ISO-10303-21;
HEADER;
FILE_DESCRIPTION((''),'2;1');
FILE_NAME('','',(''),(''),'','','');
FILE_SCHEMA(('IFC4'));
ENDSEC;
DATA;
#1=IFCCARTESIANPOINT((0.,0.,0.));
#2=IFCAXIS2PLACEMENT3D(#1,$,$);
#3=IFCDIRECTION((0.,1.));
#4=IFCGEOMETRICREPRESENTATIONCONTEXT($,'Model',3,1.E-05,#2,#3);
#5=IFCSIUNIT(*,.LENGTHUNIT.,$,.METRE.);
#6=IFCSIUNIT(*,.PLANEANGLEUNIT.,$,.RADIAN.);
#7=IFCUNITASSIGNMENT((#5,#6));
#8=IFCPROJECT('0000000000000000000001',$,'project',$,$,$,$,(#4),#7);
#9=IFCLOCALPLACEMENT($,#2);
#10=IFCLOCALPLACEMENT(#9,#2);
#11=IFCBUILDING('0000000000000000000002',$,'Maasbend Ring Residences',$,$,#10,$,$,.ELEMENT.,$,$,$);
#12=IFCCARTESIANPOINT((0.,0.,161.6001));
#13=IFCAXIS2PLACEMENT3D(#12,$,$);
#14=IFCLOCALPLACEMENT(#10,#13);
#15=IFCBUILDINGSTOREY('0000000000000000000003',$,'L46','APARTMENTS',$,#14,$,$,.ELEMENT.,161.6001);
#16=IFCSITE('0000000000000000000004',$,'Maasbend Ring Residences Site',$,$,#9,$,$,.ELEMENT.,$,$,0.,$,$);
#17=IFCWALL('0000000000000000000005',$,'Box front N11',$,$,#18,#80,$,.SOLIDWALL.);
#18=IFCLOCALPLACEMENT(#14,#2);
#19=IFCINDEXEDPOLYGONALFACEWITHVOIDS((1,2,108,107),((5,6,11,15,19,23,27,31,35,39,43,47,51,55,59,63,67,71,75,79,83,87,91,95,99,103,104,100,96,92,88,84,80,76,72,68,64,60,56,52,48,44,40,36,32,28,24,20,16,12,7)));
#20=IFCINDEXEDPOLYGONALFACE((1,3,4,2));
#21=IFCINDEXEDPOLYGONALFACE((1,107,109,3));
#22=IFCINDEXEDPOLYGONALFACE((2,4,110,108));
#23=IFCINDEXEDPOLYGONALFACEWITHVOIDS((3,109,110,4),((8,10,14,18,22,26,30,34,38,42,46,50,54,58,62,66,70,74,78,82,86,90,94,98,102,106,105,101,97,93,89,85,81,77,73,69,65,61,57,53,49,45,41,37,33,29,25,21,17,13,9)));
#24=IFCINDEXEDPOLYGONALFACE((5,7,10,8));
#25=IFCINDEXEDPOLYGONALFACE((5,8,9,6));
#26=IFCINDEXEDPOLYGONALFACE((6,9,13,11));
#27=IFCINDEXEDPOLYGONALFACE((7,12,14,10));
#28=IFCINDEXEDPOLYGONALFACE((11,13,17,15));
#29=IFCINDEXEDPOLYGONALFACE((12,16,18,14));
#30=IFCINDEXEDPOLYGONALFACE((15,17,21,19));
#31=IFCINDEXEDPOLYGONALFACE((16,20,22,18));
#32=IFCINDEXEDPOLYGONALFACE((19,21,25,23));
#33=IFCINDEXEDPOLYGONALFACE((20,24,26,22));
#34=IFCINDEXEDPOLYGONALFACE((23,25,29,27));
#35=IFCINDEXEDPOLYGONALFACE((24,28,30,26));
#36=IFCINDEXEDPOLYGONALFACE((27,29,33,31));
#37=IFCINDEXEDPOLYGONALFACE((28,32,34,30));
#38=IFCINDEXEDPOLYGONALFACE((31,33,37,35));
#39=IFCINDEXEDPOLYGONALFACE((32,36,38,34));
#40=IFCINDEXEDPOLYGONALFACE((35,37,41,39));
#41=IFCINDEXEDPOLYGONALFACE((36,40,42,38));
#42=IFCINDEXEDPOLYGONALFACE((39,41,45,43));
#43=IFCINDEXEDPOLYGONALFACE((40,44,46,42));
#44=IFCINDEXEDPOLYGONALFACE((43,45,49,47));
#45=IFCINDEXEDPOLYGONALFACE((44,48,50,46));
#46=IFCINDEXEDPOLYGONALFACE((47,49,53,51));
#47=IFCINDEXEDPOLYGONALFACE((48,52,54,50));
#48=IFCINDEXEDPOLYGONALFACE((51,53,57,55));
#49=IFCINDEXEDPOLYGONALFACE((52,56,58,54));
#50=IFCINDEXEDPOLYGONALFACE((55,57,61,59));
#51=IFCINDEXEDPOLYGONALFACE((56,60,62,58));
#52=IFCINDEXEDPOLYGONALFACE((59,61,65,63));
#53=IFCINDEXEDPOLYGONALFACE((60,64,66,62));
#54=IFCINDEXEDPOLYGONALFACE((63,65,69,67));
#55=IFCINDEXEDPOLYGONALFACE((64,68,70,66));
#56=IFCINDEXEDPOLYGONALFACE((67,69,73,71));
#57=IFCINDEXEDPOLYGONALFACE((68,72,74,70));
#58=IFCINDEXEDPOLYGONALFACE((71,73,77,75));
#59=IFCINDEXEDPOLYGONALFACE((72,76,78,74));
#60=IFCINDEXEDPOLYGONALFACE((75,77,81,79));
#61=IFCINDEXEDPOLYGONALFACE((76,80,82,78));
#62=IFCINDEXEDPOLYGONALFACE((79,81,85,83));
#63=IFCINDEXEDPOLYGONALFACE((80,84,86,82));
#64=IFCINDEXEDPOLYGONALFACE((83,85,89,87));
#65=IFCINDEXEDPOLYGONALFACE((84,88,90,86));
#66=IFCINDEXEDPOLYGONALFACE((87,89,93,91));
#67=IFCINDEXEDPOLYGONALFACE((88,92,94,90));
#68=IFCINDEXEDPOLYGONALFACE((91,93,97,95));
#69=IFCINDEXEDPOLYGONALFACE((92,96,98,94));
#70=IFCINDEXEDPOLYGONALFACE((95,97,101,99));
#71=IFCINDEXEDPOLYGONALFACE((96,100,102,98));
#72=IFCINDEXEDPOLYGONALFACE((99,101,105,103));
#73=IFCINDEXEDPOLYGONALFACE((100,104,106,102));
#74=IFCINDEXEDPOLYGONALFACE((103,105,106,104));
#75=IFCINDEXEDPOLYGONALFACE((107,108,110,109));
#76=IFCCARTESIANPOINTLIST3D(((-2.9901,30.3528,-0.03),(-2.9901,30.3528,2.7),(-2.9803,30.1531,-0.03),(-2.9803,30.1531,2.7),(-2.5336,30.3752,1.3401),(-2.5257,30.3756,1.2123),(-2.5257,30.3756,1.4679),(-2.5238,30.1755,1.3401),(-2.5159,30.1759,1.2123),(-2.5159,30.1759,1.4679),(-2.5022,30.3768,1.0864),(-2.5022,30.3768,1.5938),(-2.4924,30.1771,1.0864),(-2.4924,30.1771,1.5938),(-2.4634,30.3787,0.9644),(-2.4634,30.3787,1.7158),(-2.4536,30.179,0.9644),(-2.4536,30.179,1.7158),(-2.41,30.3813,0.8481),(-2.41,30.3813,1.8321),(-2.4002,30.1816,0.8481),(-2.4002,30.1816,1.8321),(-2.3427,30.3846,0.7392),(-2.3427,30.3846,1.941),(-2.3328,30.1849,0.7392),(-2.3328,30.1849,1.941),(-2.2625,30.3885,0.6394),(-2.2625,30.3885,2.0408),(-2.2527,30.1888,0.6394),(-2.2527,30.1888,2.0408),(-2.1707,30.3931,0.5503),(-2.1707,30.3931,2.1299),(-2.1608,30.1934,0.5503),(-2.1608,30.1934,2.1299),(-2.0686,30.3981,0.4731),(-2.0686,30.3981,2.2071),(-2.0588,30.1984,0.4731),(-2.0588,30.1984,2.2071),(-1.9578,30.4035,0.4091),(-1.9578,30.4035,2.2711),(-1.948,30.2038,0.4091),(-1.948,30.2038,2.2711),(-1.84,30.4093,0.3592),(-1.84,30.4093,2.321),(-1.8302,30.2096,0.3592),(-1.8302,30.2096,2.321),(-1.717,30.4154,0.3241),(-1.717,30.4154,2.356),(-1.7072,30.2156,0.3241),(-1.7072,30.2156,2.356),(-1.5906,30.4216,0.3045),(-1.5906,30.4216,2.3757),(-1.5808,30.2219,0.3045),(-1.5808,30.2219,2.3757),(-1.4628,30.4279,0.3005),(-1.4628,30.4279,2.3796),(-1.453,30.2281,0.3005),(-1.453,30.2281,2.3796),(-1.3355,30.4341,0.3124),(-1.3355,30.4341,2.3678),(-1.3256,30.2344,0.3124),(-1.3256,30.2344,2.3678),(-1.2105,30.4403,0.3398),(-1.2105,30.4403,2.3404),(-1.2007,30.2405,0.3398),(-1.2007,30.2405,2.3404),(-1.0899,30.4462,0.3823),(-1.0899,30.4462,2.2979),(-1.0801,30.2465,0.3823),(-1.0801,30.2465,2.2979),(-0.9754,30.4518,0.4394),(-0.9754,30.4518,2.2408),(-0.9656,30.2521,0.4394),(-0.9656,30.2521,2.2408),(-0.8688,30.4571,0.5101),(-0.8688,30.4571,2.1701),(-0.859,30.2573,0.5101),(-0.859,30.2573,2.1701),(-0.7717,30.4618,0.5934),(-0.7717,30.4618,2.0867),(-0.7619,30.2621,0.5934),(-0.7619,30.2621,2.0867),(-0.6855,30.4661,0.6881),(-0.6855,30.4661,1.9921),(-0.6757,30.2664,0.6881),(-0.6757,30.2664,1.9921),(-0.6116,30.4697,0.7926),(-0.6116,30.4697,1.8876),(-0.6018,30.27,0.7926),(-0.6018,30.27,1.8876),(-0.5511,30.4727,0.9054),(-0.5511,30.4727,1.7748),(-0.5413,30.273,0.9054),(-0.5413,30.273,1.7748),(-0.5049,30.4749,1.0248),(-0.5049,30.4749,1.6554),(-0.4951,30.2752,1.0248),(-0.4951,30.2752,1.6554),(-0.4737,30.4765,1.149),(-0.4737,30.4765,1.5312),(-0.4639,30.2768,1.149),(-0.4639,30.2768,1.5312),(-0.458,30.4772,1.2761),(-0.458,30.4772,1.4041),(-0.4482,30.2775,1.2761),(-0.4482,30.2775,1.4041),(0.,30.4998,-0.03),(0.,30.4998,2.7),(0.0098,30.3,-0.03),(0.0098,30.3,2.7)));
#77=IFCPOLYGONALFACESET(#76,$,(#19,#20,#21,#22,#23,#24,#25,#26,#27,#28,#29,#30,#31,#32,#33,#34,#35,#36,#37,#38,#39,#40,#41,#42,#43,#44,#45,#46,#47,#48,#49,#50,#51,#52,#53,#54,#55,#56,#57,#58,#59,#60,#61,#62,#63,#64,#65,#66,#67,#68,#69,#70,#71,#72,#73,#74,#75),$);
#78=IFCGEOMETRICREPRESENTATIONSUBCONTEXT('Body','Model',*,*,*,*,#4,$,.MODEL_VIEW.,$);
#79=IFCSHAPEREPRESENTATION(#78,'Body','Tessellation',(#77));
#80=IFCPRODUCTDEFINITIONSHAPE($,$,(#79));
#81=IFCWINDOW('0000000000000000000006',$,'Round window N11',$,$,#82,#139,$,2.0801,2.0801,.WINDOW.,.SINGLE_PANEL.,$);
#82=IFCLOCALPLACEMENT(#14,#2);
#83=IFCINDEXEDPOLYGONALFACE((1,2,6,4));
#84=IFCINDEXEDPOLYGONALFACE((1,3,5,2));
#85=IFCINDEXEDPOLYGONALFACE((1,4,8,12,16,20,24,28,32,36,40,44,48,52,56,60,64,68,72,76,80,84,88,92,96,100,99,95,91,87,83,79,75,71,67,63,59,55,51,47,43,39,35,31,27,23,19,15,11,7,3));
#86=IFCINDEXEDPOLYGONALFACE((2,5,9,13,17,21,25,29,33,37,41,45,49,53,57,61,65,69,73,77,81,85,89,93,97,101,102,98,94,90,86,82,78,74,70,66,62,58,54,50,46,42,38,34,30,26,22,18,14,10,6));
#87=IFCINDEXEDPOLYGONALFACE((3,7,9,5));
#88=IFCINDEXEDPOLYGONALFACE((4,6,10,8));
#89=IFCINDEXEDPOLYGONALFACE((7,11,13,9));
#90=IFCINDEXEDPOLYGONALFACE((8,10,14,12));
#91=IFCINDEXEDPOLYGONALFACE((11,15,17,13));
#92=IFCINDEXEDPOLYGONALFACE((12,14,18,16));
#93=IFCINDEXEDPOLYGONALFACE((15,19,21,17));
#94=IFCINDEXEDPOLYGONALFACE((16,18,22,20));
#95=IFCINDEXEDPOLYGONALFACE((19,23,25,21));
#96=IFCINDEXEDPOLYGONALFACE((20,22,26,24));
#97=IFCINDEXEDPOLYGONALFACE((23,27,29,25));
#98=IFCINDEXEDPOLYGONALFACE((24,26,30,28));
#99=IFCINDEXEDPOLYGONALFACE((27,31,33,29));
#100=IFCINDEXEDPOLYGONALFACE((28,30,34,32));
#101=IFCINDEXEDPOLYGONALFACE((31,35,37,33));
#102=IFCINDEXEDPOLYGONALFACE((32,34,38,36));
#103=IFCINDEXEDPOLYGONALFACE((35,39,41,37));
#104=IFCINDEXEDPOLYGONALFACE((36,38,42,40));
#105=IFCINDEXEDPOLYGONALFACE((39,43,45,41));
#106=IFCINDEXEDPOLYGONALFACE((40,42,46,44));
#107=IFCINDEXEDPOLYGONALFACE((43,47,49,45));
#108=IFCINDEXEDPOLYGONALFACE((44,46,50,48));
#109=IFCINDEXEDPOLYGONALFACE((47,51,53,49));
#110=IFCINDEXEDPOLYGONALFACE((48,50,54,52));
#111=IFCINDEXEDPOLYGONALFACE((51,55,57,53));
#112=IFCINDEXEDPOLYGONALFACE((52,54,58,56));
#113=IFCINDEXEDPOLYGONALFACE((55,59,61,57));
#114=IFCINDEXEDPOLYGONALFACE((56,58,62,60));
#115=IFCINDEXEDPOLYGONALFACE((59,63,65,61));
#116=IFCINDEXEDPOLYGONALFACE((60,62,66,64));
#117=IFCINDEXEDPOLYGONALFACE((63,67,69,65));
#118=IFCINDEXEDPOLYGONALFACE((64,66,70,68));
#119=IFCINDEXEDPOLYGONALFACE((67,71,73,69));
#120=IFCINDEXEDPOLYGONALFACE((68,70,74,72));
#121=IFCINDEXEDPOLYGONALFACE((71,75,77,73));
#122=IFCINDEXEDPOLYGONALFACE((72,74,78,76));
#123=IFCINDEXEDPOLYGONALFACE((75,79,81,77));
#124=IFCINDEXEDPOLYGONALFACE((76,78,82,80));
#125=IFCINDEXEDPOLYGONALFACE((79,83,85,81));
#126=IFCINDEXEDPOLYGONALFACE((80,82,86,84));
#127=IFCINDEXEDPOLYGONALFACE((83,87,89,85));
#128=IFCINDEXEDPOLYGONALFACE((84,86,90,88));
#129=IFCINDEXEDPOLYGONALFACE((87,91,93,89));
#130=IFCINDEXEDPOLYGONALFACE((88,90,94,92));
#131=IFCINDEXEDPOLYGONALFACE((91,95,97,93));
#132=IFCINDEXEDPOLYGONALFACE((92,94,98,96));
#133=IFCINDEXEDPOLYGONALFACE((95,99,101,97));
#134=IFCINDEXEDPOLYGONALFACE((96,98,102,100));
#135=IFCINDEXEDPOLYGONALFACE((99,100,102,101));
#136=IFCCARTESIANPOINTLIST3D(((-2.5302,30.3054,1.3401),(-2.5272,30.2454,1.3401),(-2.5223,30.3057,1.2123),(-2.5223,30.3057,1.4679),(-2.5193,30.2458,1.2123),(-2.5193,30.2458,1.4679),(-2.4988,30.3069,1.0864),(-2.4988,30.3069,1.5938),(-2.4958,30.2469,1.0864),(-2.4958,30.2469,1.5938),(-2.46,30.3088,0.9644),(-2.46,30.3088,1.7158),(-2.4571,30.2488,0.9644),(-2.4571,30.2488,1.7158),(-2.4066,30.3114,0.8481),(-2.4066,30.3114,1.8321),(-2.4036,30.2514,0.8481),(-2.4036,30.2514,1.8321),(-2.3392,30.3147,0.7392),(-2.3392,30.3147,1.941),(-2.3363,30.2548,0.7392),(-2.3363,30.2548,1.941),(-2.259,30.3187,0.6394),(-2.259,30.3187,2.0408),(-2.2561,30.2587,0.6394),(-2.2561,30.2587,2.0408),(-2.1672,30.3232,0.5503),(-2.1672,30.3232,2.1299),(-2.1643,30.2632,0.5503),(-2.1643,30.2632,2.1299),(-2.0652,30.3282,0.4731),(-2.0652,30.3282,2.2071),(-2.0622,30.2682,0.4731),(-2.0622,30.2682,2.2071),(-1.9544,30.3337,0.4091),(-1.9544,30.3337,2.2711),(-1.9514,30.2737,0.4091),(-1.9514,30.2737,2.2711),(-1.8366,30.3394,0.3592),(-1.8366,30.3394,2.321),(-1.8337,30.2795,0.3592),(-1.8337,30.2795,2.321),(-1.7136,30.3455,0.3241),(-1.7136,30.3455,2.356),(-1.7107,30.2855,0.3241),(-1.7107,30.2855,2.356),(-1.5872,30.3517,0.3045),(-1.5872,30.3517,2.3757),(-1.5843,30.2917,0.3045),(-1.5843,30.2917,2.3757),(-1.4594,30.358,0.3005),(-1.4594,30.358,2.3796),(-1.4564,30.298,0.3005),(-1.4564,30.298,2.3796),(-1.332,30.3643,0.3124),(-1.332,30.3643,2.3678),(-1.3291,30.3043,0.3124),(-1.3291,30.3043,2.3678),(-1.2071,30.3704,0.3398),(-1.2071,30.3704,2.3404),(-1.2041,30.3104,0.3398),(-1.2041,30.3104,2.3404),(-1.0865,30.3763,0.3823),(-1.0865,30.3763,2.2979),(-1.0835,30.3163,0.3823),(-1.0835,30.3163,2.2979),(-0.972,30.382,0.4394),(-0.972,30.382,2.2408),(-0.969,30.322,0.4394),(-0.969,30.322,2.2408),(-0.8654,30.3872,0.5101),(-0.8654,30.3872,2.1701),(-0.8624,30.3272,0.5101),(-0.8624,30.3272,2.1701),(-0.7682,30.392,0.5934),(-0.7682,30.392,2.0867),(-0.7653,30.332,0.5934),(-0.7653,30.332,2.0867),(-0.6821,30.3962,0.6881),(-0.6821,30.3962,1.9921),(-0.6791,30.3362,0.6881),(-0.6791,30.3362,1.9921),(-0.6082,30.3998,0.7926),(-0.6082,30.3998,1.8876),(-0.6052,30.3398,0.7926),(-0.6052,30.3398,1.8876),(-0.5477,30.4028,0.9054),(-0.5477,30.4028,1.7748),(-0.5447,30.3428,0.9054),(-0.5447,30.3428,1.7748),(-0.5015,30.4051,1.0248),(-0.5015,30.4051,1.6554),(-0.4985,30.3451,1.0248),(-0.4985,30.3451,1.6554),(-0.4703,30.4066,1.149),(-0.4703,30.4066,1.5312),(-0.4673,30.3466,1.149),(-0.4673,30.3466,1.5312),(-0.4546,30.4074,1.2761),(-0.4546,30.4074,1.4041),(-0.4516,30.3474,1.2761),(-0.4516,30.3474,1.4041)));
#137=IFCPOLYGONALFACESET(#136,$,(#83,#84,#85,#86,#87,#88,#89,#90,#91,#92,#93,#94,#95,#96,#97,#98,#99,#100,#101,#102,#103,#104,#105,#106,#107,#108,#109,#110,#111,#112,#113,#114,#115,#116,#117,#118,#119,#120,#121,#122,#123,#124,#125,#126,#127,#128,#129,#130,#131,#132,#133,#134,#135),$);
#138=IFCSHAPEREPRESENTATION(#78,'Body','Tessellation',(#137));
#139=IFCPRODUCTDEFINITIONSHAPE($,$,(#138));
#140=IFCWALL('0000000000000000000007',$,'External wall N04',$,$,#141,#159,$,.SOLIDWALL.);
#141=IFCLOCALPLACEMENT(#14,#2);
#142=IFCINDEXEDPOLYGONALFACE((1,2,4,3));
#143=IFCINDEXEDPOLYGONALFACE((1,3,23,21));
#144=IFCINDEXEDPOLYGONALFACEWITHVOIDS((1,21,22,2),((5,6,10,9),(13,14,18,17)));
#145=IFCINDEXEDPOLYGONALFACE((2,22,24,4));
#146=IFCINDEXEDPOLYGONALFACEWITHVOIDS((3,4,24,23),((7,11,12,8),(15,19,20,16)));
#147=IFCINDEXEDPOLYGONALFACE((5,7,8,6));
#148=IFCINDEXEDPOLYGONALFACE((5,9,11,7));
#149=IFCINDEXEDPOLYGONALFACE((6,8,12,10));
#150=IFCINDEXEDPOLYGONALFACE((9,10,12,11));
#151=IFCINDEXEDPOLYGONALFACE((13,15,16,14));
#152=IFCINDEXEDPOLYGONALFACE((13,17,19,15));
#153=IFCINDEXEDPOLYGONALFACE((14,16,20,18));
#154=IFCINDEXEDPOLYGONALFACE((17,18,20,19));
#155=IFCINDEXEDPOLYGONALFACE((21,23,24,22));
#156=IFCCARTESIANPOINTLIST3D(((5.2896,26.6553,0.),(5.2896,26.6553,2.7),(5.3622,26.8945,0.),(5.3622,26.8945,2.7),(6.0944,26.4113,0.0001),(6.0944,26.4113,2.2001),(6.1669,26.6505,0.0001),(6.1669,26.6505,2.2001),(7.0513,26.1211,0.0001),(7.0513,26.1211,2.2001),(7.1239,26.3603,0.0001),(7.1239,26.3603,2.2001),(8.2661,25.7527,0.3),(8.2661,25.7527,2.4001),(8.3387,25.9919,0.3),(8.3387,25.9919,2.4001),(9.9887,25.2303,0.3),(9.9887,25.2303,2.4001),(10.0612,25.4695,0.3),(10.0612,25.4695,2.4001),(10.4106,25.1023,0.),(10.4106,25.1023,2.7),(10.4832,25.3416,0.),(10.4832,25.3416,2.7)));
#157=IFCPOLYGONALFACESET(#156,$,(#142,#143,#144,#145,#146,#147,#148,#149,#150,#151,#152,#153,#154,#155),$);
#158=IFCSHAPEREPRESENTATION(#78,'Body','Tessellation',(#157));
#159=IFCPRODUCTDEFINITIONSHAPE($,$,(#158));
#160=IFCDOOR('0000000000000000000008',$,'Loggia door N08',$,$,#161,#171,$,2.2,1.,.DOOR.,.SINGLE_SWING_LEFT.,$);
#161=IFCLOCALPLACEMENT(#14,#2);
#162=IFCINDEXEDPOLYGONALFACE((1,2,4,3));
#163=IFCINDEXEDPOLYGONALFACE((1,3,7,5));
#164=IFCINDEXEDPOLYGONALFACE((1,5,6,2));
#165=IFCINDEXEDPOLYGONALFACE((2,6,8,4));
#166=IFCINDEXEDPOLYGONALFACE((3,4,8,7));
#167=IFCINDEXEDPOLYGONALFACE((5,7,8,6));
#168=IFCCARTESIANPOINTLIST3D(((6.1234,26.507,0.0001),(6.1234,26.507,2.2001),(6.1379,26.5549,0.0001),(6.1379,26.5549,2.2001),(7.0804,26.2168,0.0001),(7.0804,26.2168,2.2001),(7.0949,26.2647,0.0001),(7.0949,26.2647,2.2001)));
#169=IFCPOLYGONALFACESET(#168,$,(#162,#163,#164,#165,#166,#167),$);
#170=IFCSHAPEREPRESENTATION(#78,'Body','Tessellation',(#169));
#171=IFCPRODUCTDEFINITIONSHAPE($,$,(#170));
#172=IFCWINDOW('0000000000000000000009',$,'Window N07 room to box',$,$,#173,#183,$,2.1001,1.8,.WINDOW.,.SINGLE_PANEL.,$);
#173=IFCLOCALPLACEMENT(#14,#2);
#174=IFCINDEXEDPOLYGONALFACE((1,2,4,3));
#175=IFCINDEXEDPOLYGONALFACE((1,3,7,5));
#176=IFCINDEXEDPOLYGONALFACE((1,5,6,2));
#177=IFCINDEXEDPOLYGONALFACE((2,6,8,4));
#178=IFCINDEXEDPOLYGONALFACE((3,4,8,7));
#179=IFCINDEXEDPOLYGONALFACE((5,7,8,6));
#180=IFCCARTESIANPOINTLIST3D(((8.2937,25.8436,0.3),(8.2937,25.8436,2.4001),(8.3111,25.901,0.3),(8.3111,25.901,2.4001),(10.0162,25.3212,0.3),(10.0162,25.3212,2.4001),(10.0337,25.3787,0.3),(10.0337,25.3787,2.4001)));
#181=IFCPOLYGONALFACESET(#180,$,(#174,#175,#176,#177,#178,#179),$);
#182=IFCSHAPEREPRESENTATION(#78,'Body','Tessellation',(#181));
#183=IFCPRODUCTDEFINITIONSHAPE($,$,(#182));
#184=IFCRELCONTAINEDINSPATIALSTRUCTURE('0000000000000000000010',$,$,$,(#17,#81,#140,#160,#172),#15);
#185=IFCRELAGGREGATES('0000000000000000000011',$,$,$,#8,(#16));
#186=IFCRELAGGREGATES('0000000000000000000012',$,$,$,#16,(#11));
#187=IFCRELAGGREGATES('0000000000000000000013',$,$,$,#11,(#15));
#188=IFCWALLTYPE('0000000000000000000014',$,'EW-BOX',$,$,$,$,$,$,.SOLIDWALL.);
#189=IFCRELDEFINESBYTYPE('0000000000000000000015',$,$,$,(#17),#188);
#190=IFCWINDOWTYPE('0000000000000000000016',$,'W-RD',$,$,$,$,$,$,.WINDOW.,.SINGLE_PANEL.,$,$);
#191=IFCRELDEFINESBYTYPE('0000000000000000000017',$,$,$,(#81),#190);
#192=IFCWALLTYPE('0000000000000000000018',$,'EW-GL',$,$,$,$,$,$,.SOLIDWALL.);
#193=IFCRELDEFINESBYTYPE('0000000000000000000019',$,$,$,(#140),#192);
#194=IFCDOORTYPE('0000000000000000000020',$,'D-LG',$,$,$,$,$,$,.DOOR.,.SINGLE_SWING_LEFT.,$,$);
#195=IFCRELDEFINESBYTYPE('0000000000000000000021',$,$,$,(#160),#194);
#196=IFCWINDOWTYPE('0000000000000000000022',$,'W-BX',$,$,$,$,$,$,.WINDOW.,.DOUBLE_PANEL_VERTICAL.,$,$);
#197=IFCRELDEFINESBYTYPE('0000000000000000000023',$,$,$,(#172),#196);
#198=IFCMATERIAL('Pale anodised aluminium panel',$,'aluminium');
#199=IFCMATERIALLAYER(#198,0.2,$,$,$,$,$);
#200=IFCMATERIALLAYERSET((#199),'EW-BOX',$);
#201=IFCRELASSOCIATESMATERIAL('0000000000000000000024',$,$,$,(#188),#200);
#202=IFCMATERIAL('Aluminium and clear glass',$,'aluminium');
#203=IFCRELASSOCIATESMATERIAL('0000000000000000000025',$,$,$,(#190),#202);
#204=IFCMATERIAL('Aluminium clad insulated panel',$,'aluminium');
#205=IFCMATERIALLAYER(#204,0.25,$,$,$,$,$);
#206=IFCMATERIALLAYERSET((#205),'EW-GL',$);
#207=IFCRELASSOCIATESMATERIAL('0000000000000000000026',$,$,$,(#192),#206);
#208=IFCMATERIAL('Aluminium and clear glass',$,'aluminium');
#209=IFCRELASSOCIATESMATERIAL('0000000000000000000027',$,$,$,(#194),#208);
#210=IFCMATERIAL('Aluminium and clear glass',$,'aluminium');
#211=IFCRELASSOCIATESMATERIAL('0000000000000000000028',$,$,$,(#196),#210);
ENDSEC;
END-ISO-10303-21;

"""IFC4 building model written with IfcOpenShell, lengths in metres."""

from ifc_helpers import new_model, si_unit, direction, frame, frame_2d, origin, place, context, subcontext, project, spatial, rectangle, circle, extrude, material, layer, layer_set, type_object, element, fill, save


model = new_model("IFC4")

# Units and contexts
model_context = context("Model", 3, precision=1e-05, world=origin(), true_north=direction((0.0, 1.0)))
body_context = subcontext(model_context, "Body", "Model", "MODEL_VIEW")
ifc_project = project(units=[si_unit("LENGTHUNIT", "METRE"), si_unit("PLANEANGLEUNIT", "RADIAN")], contexts=[model_context])

# Site, building, storey
site_placement = place(None, origin())
site = spatial("IfcSite", under=ifc_project, at=site_placement, Name="Maasbend Ring Residences Site", CompositionType="ELEMENT", RefElevation=0.0)
building_placement = place(site_placement, origin())
building = spatial("IfcBuilding", under=site, at=building_placement, Name="Maasbend Ring Residences", CompositionType="ELEMENT")
storey_placement = place(building_placement, frame((0.0, 0.0, 161.6001)))
storey = spatial("IfcBuildingStorey", under=building, at=storey_placement, Name="L46", Description="APARTMENTS", CompositionType="ELEMENT", Elevation=161.6001)

# Shared definitions
ifc_material_1 = material(Name="Pale anodised aluminium panel", Category="aluminium")
ifc_layer_1 = layer(ifc_material_1, 0.2)
ifc_layer_set_1 = layer_set([ifc_layer_1], Name="EW-BOX")
wall_type_1 = type_object("IfcWallType", Name="EW-BOX", PredefinedType="SOLIDWALL", material=ifc_layer_set_1)

# Shared definitions
ifc_material_2 = material(Name="Aluminium and clear glass", Category="aluminium")
window_type_1 = type_object("IfcWindowType", Name="W-RD", PartitioningType="SINGLE_PANEL", PredefinedType="WINDOW", material=ifc_material_2)

# Wall, opening, window
wall_1_placement = place(storey_placement, frame((0.0049, 30.3999, -0.03), z_axis=(0.0, 0.0, 1.0), x_axis=(-0.998794, -0.049096, 0.0)))
wall_1 = element("IfcWall", 1, at=wall_1_placement, inside=storey, type_object=wall_type_1, Name="Box front N11", PredefinedType="SOLIDWALL", context=body_context, shape_type="SweptSolid", body=[
    extrude(rectangle(XDim=2.9937, YDim=0.2, at=frame_2d((1.4968, 0.0))), origin(), (0.0, 0.0, 1.0), 2.73),
])
opening_1_placement = place(wall_1_placement, frame((0.4565, 0.0, 0.3301)))
opening_1 = element("IfcOpeningElement", 2, at=opening_1_placement, cuts=wall_1, PredefinedType="OPENING", context=body_context, shape_type="SweptSolid", body=[
    extrude(circle(Radius=1.04, at=frame_2d((1.04, 1.04))), frame((0.0, 0.1099, 0.0), z_axis=(0.0, -1.0, 0.0), x_axis=(1.0, 0.0, 0.0)), (0.0, 0.0, 1.0), 0.22),
])
window_1_placement = place(opening_1_placement, origin())
window_1 = element("IfcWindow", 3, at=window_1_placement, inside=storey, type_object=window_type_1, Name="Round window N11", OverallHeight=2.0801, OverallWidth=2.0801, PartitioningType="SINGLE_PANEL", PredefinedType="WINDOW", context=body_context, shape_type="SweptSolid", body=[
    extrude(circle(Radius=1.04, at=frame_2d((1.04, 1.04))), frame((0.0, 0.03, 0.0), z_axis=(0.0, -1.0, 0.0), x_axis=(1.0, 0.0, 0.0)), (0.0, 0.0, 1.0), 0.0601),
])
fill(opening_1, window_1)

# Wall, openings, door, window
ifc_material_3 = material(Name="Aluminium clad insulated panel", Category="aluminium")
ifc_layer_2 = layer(ifc_material_3, 0.25)
ifc_layer_set_2 = layer_set([ifc_layer_2], Name="EW-GL")
wall_type_2 = type_object("IfcWallType", Name="EW-GL", PredefinedType="SOLIDWALL", material=ifc_layer_set_2)
wall_2_placement = place(storey_placement, frame((10.447, 25.2219, 0.0), z_axis=(0.0, 0.0, 1.0), x_axis=(-0.956966, 0.290201, 0.0)))
wall_2 = element("IfcWall", 4, at=wall_2_placement, inside=storey, type_object=wall_type_2, Name="External wall N04", PredefinedType="SOLIDWALL", context=body_context, shape_type="SweptSolid", body=[
    extrude(rectangle(XDim=5.3513, YDim=0.25, at=frame_2d((2.6758, 0.0))), origin(), (0.0, 0.0, 1.0), 2.7),
])
opening_2_placement = place(wall_2_placement, frame((0.4412, 0.0, 0.3)))
opening_2 = element("IfcOpeningElement", 5, at=opening_2_placement, cuts=wall_2, PredefinedType="OPENING", context=body_context, shape_type="SweptSolid", body=[
    extrude(rectangle(XDim=1.8, YDim=2.1001, at=frame_2d((0.8999, 1.05))), frame((0.0, 0.135, 0.0), z_axis=(0.0, -1.0, 0.0), x_axis=(1.0, 0.0, 0.0)), (0.0, 0.0, 1.0), 0.27),
])
opening_3_placement = place(wall_2_placement, frame((3.5105, 0.0, 0.0)))
opening_3 = element("IfcOpeningElement", 6, at=opening_3_placement, cuts=wall_2, PredefinedType="OPENING", context=body_context, shape_type="SweptSolid", body=[
    extrude(rectangle(XDim=1.0, YDim=2.2, at=frame_2d((0.5, 1.1001))), frame((0.0, 0.135, 0.0), z_axis=(0.0, -1.0, 0.0), x_axis=(1.0, 0.0, 0.0)), (0.0, 0.0, 1.0), 0.27),
])
ifc_material_4 = material(Name="Aluminium and clear glass", Category="aluminium")
door_type_1 = type_object("IfcDoorType", Name="D-LG", OperationType="SINGLE_SWING_LEFT", PredefinedType="DOOR", material=ifc_material_4)
door_1_placement = place(opening_3_placement, origin())
door_1 = element("IfcDoor", 7, at=door_1_placement, inside=storey, type_object=door_type_1, Name="Loggia door N08", OperationType="SINGLE_SWING_LEFT", OverallHeight=2.2, OverallWidth=1.0, PredefinedType="DOOR", context=body_context, shape_type="SweptSolid", body=[
    extrude(rectangle(XDim=1.0, YDim=2.2, at=frame_2d((0.5, 1.1001))), frame((0.0, 0.0249, 0.0), z_axis=(0.0, -1.0, 0.0), x_axis=(1.0, 0.0, 0.0)), (0.0, 0.0, 1.0), 0.05),
])
fill(opening_3, door_1)
ifc_material_5 = material(Name="Aluminium and clear glass", Category="aluminium")
window_type_2 = type_object("IfcWindowType", Name="W-BX", PartitioningType="DOUBLE_PANEL_VERTICAL", PredefinedType="WINDOW", material=ifc_material_5)
window_2_placement = place(opening_2_placement, origin())
window_2 = element("IfcWindow", 8, at=window_2_placement, inside=storey, type_object=window_type_2, Name="Window N07 room to box", OverallHeight=2.1001, OverallWidth=1.8, PartitioningType="SINGLE_PANEL", PredefinedType="WINDOW", context=body_context, shape_type="SweptSolid", body=[
    extrude(rectangle(XDim=1.8, YDim=2.1001, at=frame_2d((0.8999, 1.05))), frame((0.0, 0.03, 0.0), z_axis=(0.0, -1.0, 0.0), x_axis=(1.0, 0.0, 0.0)), (0.0, 0.0, 1.0), 0.0601),
])
fill(opening_2, window_2)

save(model, "model.ifc")
